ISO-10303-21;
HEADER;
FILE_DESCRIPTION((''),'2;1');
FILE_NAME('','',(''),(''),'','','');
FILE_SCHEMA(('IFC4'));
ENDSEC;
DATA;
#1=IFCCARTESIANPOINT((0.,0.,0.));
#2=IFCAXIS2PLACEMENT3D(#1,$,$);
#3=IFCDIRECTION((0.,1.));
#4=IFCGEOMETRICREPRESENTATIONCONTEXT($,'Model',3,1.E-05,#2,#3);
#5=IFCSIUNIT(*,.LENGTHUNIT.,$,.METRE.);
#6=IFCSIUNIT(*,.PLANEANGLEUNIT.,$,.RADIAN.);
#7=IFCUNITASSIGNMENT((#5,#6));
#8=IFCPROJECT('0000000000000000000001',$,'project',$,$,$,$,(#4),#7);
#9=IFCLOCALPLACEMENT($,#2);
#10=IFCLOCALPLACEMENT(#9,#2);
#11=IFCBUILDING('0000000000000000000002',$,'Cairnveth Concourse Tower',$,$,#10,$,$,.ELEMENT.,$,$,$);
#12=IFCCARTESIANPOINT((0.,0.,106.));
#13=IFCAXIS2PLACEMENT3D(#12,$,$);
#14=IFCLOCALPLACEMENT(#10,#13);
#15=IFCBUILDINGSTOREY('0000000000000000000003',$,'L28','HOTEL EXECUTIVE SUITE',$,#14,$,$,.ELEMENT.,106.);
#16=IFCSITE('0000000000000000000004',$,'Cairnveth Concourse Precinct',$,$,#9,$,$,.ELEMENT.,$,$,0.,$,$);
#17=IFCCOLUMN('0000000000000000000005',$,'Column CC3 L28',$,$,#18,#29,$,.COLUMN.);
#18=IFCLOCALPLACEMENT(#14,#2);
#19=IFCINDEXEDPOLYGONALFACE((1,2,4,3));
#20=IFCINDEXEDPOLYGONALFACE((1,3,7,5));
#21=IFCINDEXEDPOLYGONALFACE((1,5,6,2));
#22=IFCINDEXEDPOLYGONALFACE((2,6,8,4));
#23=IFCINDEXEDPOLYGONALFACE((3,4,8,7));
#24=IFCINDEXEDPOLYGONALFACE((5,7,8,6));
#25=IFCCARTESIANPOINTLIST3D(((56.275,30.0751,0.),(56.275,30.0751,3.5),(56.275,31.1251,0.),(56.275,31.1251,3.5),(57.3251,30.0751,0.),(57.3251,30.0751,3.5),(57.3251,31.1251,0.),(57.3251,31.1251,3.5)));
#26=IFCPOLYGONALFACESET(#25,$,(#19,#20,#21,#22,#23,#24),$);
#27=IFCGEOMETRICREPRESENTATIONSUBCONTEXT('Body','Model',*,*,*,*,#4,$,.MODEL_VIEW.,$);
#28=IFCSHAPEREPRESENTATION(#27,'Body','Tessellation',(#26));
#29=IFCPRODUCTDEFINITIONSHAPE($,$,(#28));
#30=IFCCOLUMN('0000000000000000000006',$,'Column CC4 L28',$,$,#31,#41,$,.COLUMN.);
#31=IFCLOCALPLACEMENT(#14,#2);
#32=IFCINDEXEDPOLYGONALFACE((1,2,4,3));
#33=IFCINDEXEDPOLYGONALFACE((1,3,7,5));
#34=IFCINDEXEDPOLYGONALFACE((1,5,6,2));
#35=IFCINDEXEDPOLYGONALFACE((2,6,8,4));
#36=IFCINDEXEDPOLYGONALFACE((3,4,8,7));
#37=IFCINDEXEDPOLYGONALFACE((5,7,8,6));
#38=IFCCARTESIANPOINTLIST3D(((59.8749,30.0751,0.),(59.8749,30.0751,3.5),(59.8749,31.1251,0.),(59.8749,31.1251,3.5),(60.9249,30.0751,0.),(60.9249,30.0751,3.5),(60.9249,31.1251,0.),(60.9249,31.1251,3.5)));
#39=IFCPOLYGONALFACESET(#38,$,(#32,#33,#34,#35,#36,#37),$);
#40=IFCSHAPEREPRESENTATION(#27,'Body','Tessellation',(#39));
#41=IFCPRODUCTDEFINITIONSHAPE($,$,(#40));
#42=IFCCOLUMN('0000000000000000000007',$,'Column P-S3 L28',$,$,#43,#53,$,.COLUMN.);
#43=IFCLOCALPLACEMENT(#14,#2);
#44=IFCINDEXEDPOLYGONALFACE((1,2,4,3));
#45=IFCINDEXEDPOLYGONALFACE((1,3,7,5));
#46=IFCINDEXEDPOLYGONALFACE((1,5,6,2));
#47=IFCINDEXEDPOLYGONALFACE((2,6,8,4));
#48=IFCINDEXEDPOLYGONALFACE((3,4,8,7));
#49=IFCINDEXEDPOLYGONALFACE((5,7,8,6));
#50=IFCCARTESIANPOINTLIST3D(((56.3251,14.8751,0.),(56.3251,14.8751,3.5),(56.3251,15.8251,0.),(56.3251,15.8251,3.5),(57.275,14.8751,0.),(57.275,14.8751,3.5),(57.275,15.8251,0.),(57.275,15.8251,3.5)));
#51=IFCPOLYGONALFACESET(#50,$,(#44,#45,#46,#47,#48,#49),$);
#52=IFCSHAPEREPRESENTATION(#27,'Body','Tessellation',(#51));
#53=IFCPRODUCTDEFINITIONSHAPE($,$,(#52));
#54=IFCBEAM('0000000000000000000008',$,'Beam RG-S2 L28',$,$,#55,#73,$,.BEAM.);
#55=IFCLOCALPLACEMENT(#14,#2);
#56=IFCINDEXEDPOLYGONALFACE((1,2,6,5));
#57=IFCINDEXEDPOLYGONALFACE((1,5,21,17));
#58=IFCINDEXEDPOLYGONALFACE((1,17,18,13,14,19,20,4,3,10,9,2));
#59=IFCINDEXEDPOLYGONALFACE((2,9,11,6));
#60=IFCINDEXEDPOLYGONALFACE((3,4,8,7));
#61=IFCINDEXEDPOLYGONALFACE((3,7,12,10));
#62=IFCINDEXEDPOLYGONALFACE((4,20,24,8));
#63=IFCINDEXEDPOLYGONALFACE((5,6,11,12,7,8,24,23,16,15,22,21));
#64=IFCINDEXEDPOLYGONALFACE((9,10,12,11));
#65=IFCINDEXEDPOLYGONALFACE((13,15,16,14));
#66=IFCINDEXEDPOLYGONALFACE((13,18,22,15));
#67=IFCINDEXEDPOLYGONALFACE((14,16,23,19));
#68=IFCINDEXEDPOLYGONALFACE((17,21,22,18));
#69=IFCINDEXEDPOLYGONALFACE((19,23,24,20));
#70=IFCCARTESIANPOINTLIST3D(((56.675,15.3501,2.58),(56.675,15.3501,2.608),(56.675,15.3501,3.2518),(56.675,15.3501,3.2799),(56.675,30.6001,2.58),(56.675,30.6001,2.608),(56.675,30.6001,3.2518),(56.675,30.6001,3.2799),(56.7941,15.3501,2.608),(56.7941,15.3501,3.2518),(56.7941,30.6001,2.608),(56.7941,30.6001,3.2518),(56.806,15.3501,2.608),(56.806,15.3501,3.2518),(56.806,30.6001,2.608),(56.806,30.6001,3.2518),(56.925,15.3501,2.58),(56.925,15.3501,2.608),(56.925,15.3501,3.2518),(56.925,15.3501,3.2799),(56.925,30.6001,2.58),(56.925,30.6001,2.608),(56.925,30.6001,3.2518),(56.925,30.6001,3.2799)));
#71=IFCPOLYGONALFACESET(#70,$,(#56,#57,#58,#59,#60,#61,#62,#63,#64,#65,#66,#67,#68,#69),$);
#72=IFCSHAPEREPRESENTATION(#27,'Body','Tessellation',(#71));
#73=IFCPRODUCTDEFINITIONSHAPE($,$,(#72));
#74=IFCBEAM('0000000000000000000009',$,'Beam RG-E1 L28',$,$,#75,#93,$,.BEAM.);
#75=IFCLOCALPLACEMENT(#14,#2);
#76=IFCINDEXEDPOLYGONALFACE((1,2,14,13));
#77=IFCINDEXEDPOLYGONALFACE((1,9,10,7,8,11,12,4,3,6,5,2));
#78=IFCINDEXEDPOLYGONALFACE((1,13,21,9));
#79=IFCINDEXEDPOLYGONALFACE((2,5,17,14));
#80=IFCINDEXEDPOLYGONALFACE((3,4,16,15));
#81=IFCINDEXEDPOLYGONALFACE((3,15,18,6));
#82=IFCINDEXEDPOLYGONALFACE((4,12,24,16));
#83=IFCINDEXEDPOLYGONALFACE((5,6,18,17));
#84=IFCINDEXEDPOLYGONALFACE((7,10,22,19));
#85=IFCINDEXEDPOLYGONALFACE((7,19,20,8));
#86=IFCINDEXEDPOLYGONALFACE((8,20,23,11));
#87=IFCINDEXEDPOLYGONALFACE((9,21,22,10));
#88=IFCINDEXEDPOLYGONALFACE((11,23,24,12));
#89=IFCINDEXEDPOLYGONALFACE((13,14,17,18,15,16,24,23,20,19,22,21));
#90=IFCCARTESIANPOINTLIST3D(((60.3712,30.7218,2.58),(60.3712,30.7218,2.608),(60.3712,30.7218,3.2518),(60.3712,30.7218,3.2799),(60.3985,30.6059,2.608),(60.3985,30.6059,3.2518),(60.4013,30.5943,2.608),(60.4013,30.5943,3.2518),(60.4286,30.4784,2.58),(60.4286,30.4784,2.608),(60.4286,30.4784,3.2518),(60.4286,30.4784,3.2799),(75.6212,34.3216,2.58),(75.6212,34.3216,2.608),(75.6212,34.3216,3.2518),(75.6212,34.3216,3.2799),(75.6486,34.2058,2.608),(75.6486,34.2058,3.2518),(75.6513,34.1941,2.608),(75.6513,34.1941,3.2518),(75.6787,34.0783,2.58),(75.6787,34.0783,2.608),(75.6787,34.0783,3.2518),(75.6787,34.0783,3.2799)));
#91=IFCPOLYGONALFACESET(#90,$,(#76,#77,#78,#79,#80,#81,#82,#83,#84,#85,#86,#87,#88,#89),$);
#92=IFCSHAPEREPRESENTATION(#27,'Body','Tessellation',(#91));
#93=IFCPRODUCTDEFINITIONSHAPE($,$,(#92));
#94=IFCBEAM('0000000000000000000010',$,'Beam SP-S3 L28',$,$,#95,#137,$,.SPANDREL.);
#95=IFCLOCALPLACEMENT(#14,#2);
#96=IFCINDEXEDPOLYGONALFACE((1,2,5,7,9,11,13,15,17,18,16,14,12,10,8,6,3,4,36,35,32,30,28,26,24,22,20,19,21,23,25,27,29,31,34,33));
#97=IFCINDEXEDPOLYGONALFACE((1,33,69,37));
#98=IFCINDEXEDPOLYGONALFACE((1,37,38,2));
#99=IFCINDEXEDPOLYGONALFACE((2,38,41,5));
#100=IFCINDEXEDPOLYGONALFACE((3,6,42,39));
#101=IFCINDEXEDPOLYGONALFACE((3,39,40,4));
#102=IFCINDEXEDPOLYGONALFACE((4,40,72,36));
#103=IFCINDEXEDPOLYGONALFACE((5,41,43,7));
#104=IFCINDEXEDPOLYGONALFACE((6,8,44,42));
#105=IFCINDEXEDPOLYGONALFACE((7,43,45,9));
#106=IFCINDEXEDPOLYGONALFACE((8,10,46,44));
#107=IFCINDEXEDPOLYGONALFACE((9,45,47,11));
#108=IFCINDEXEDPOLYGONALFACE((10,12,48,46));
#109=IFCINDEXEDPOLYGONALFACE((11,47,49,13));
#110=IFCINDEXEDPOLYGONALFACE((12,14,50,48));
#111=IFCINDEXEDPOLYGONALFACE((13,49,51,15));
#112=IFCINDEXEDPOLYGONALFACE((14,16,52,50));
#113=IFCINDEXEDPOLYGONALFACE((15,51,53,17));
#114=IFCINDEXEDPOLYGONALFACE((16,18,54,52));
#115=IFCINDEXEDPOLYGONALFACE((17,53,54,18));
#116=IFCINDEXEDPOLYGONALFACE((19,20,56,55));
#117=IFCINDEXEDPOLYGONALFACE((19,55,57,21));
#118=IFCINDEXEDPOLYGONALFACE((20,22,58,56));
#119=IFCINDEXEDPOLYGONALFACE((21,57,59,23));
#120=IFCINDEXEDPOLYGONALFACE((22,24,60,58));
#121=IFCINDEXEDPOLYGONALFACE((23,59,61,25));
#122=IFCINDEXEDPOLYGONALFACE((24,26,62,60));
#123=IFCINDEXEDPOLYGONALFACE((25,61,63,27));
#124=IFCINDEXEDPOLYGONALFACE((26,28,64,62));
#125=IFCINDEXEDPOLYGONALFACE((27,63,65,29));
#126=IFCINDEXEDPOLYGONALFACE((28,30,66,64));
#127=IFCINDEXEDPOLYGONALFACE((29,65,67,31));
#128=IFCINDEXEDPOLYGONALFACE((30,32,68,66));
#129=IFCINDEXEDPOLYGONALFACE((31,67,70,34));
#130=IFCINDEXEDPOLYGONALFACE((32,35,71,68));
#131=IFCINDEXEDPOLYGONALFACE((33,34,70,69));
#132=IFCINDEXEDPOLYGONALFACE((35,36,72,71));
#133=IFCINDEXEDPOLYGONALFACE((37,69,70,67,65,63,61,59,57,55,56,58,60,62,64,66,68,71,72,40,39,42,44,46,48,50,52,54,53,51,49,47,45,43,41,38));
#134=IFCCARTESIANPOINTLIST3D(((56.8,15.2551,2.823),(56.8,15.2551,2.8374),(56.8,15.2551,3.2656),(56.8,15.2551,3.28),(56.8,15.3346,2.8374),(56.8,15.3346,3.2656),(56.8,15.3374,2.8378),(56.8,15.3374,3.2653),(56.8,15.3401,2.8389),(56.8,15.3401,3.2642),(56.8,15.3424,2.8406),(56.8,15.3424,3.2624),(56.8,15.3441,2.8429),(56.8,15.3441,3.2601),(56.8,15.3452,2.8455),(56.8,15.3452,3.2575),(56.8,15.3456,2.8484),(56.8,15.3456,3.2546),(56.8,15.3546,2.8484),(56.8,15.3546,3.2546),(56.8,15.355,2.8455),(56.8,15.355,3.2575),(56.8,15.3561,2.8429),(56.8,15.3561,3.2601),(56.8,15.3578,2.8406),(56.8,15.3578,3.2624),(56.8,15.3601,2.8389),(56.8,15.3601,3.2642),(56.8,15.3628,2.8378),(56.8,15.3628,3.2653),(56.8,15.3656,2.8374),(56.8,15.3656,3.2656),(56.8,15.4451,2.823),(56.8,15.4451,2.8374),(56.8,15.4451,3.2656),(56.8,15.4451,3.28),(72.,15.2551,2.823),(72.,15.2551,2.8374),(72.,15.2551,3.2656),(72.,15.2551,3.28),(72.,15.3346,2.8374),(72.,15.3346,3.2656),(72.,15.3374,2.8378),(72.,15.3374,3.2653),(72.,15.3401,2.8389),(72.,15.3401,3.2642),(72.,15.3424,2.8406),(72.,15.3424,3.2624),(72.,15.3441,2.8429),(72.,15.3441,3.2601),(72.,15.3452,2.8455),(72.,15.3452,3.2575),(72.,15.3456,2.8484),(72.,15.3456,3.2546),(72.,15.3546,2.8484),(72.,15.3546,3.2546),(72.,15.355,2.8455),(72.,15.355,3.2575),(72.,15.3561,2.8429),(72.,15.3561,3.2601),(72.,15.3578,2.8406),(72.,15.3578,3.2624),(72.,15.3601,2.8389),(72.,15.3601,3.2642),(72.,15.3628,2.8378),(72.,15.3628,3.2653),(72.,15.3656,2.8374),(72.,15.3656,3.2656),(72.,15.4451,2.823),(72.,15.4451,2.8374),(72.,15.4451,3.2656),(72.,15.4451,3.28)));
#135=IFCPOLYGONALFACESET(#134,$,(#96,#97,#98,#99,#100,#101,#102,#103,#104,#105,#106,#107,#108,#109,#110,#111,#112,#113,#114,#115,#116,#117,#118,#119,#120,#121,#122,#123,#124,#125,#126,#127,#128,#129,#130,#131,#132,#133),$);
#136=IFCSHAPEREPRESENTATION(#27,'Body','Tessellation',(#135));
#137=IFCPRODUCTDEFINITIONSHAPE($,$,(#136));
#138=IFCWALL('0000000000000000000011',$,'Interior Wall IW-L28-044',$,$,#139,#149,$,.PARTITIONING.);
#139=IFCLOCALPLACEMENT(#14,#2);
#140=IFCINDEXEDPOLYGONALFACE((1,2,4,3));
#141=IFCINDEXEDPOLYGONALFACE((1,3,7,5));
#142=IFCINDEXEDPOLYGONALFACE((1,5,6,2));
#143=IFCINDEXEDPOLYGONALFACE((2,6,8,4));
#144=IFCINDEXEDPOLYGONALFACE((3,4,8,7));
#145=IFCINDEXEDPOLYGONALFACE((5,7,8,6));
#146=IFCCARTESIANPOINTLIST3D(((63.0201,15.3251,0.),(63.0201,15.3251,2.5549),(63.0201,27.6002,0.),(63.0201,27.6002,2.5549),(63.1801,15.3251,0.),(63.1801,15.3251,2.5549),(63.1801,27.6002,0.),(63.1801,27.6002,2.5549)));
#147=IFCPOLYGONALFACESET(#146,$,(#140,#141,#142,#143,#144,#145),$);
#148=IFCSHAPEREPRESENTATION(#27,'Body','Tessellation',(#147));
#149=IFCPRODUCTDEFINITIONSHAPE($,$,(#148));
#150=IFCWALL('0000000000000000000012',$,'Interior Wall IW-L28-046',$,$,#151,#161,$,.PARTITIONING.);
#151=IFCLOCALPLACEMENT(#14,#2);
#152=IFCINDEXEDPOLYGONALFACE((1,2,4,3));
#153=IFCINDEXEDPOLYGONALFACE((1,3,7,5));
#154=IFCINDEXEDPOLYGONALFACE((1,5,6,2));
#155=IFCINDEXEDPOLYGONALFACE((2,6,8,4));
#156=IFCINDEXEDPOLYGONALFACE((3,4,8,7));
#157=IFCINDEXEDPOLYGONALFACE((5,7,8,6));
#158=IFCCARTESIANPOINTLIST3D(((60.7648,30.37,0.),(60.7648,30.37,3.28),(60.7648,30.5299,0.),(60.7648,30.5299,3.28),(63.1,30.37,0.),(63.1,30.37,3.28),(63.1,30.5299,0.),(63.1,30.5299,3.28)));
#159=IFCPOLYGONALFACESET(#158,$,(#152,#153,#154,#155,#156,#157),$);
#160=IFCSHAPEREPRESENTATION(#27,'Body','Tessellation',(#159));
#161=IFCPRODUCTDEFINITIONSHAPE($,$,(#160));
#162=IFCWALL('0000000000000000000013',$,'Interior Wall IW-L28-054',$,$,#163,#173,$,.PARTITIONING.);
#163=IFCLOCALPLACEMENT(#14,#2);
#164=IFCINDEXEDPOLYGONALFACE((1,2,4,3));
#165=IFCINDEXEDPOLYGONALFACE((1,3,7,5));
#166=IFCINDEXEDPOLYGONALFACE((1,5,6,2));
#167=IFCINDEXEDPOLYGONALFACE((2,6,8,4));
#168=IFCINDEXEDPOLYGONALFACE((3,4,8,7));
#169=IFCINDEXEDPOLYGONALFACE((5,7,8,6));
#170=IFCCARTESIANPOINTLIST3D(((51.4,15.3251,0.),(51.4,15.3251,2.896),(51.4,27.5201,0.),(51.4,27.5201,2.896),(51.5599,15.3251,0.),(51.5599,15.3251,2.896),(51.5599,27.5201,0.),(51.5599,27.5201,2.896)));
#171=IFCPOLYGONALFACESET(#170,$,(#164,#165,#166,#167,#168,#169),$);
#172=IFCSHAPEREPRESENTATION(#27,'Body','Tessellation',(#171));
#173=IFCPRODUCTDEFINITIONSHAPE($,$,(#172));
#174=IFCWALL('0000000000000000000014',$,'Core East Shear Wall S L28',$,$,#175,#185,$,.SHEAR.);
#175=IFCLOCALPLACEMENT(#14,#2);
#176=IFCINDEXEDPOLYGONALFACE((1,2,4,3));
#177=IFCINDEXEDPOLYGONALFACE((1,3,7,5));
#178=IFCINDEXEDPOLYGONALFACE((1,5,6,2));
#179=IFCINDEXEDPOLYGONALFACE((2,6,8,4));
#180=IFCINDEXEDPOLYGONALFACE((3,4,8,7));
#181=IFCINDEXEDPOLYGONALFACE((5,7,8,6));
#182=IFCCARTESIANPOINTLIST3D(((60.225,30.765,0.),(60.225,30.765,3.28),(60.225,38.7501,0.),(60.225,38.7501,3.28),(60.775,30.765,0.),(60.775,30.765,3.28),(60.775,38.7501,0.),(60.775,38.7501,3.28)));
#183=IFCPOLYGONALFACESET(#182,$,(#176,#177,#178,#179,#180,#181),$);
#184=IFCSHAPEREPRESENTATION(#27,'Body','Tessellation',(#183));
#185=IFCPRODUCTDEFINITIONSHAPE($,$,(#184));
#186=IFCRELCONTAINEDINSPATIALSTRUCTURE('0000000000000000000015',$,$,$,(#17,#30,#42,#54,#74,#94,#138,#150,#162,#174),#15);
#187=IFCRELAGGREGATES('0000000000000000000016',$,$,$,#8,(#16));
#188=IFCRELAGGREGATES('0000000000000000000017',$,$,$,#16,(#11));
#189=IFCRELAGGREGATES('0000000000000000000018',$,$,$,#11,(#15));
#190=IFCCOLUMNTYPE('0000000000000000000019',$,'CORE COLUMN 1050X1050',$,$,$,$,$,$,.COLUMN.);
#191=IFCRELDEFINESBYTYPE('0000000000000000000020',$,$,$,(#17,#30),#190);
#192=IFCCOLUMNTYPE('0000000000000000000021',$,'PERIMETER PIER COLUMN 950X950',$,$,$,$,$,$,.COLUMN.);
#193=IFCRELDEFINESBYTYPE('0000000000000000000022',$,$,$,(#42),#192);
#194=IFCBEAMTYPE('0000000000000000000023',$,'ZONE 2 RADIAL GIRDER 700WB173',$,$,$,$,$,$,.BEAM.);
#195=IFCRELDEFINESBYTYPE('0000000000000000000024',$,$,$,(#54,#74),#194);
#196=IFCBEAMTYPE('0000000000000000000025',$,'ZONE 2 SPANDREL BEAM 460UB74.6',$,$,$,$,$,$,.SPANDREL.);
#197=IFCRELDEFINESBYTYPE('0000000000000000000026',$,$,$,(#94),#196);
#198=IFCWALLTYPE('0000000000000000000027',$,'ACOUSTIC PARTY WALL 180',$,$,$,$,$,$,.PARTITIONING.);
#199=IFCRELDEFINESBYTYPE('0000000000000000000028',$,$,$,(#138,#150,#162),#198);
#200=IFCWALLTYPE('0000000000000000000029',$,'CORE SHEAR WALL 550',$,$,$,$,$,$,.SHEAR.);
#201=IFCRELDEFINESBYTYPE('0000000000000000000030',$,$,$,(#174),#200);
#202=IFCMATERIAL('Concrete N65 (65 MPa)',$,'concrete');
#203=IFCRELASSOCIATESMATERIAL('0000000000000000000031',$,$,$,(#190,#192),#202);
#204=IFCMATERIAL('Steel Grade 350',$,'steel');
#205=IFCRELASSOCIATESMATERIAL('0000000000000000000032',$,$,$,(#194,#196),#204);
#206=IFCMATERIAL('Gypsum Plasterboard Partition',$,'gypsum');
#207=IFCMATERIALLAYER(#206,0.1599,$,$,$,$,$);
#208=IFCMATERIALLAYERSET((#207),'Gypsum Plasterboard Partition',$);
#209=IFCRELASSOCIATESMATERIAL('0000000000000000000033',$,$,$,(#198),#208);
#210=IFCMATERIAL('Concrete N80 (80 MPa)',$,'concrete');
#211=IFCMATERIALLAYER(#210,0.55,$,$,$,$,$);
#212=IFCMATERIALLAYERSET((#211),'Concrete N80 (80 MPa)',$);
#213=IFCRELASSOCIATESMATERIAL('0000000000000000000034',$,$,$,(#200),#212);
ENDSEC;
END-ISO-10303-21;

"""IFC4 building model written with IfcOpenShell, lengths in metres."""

from ifc_helpers import new_model, si_unit, direction, frame, frame_2d, origin, origin_2d, place, context, subcontext, project, spatial, rectangle, i_section, extrude, material, layer, layer_set, material_profile, profile_set, type_object, element, save


model = new_model("IFC4")

# Units and contexts
model_context = context("Model", 3, precision=1e-05, world=origin(), true_north=direction((0.0, 1.0)))
body_context = subcontext(model_context, "Body", "Model", "MODEL_VIEW")
ifc_project = project(units=[si_unit("LENGTHUNIT", "METRE"), si_unit("PLANEANGLEUNIT", "RADIAN")], contexts=[model_context])

# Site, building, storey
site_placement = place(None, origin())
site = spatial("IfcSite", under=ifc_project, at=site_placement, Name="Cairnveth Concourse Precinct", CompositionType="ELEMENT", RefElevation=0.0)
building_placement = place(site_placement, origin())
building = spatial("IfcBuilding", under=site, at=building_placement, Name="Cairnveth Concourse Tower", CompositionType="ELEMENT")
storey_placement = place(building_placement, frame((0.0, 0.0, 106.0)))
storey = spatial("IfcBuildingStorey", under=building, at=storey_placement, Name="L28", Description="HOTEL EXECUTIVE SUITE", CompositionType="ELEMENT", Elevation=106.0)

# Columns
ifc_material_1 = material(Name="Concrete N65 (65 MPa)", Category="concrete")
ifc_material_profile_1 = material_profile(ifc_material_1, rectangle(XDim=1.05, YDim=1.05, at=origin_2d()), Name="RC-COL-1050x1050")
ifc_profile_set_1 = profile_set([ifc_material_profile_1], Name="Concrete N65 (65 MPa)")
column_type_1 = type_object("IfcColumnType", Name="CORE COLUMN 1050X1050", PredefinedType="COLUMN", material=ifc_profile_set_1)
for number, where, z_axis, x_axis, name in (
    (1, (56.8, 30.6001, 0.0), (0.0, 0.0, 1.0), (1.0, 0.0, 0.0), "Column CC3 L28"),
    (2, (60.3999, 30.6001, 0.0), (0.0, 0.0, 1.0), (1.0, 0.0, 0.0), "Column CC4 L28"),
):
    element("IfcColumn", number, at=place(storey_placement, frame(where, z_axis=z_axis, x_axis=x_axis)), inside=storey, type_object=column_type_1, Name=name, PredefinedType="COLUMN", context=body_context, shape_type="SweptSolid", body=[
        extrude(rectangle(XDim=1.05, YDim=1.05, at=origin_2d()), origin(), (0.0, 0.0, 1.0), 3.5),
    ])
ifc_material_profile_2 = material_profile(ifc_material_1, rectangle(XDim=0.95, YDim=0.95, at=origin_2d()), Name="RC-COL-950x950")
ifc_profile_set_2 = profile_set([ifc_material_profile_2], Name="Concrete N65 (65 MPa)")
column_type_2 = type_object("IfcColumnType", Name="PERIMETER PIER COLUMN 950X950", PredefinedType="COLUMN", material=ifc_profile_set_2)
column_placement = place(storey_placement, frame((56.8, 15.3501, 0.0), z_axis=(0.0, 0.0, 1.0), x_axis=(1.0, 0.0, 0.0)))
element("IfcColumn", 3, at=column_placement, inside=storey, type_object=column_type_2, Name="Column P-S3 L28", PredefinedType="COLUMN", context=body_context, shape_type="SweptSolid", body=[
    extrude(rectangle(XDim=0.95, YDim=0.95, at=origin_2d()), origin(), (0.0, 0.0, 1.0), 3.5),
])

# Beams
ifc_material_2 = material(Name="Steel Grade 350", Category="steel")
ifc_material_profile_3 = material_profile(ifc_material_2, i_section(OverallWidth=0.25, OverallDepth=0.7, WebThickness=0.012, FlangeThickness=0.0281, at=origin_2d()), Name="700WB173")
ifc_profile_set_3 = profile_set([ifc_material_profile_3], Name="Steel Grade 350")
beam_type_1 = type_object("IfcBeamType", Name="ZONE 2 RADIAL GIRDER 700WB173", PredefinedType="BEAM", material=ifc_profile_set_3)
beam_1_placement = place(storey_placement, frame((56.8, 15.3501, 2.9299), z_axis=(0.0, 1.0, 0.0), x_axis=(-1.0, 0.0, 0.0)))
element("IfcBeam", 4, at=beam_1_placement, inside=storey, type_object=beam_type_1, Name="Beam RG-S2 L28", PredefinedType="BEAM", context=body_context, shape_type="SweptSolid", body=[
    extrude(i_section(OverallWidth=0.25, OverallDepth=0.7, WebThickness=0.012, FlangeThickness=0.0281, at=origin_2d()), origin(), (0.0, 0.0, 1.0), 15.25),
])
beam_2_placement = place(storey_placement, frame((60.3999, 30.6001, 2.9299), z_axis=(0.973252, 0.229742, 0.0), x_axis=(-0.229742, 0.973252, 0.0)))
element("IfcBeam", 5, at=beam_2_placement, inside=storey, type_object=beam_type_1, Name="Beam RG-E1 L28", PredefinedType="BEAM", context=body_context, shape_type="SweptSolid", body=[
    extrude(i_section(OverallWidth=0.25, OverallDepth=0.7, WebThickness=0.012, FlangeThickness=0.0281, at=origin_2d()), origin(), (0.0, 0.0, 1.0), 15.6692),
])
ifc_material_profile_4 = material_profile(ifc_material_2, i_section(OverallWidth=0.1899, OverallDepth=0.457, WebThickness=0.009, FlangeThickness=0.0144, FilletRadius=0.011, at=origin_2d()), Name="460UB74.6")
ifc_profile_set_4 = profile_set([ifc_material_profile_4], Name="Steel Grade 350")
beam_type_2 = type_object("IfcBeamType", Name="ZONE 2 SPANDREL BEAM 460UB74.6", PredefinedType="SPANDREL", material=ifc_profile_set_4)
beam_3_placement = place(storey_placement, frame((56.8, 15.3501, 3.0515), z_axis=(1.0, 0.0, 0.0), x_axis=(0.0, 1.0, 0.0)))
element("IfcBeam", 6, at=beam_3_placement, inside=storey, type_object=beam_type_2, Name="Beam SP-S3 L28", PredefinedType="SPANDREL", context=body_context, shape_type="SweptSolid", body=[
    extrude(i_section(OverallWidth=0.1899, OverallDepth=0.457, WebThickness=0.009, FlangeThickness=0.0144, FilletRadius=0.011, at=origin_2d()), origin(), (0.0, 0.0, 1.0), 15.2),
])

# Walls
ifc_material_3 = material(Name="Gypsum Plasterboard Partition", Category="gypsum")
ifc_layer_1 = layer(ifc_material_3, 0.1599)
ifc_layer_set_1 = layer_set([ifc_layer_1], Name="Gypsum Plasterboard Partition")
wall_type_1 = type_object("IfcWallType", Name="ACOUSTIC PARTY WALL 180", PredefinedType="PARTITIONING", material=ifc_layer_set_1)
wall_1_placement = place(storey_placement, frame((63.1001, 15.325, 0.0), z_axis=(0.0, 0.0, 1.0), x_axis=(0.0, 1.0, 0.0)))
element("IfcWall", 7, at=wall_1_placement, inside=storey, type_object=wall_type_1, Name="Interior Wall IW-L28-044", PredefinedType="PARTITIONING", context=body_context, shape_type="SweptSolid", body=[
    extrude(rectangle(XDim=12.2751, YDim=0.1599, at=frame_2d((6.1377, 0.0))), origin(), (0.0, 0.0, 1.0), 2.5549),
])
wall_2_placement = place(storey_placement, frame((60.7649, 30.45, 0.0), z_axis=(0.0, 0.0, 1.0), x_axis=(1.0, 0.0, 0.0)))
element("IfcWall", 8, at=wall_2_placement, inside=storey, type_object=wall_type_1, Name="Interior Wall IW-L28-046", PredefinedType="PARTITIONING", context=body_context, shape_type="SweptSolid", body=[
    extrude(rectangle(XDim=2.3352, YDim=0.1599, at=frame_2d((1.1675, 0.0))), origin(), (0.0, 0.0, 1.0), 3.28),
])
wall_3_placement = place(storey_placement, frame((51.48, 15.325, 0.0), z_axis=(0.0, 0.0, 1.0), x_axis=(0.0, 1.0, 0.0)))
element("IfcWall", 9, at=wall_3_placement, inside=storey, type_object=wall_type_1, Name="Interior Wall IW-L28-054", PredefinedType="PARTITIONING", context=body_context, shape_type="SweptSolid", body=[
    extrude(rectangle(XDim=12.1951, YDim=0.1599, at=frame_2d((6.0977, 0.0))), origin(), (0.0, 0.0, 1.0), 2.896),
])
ifc_material_4 = material(Name="Concrete N80 (80 MPa)", Category="concrete")
ifc_layer_2 = layer(ifc_material_4, 0.55)
ifc_layer_set_2 = layer_set([ifc_layer_2], Name="Concrete N80 (80 MPa)")
wall_type_2 = type_object("IfcWallType", Name="CORE SHEAR WALL 550", PredefinedType="SHEAR", material=ifc_layer_set_2)
wall_4_placement = place(storey_placement, frame((60.5, 30.7649, 0.0), z_axis=(0.0, 0.0, 1.0), x_axis=(0.0, 1.0, 0.0)))
element("IfcWall", 10, at=wall_4_placement, inside=storey, type_object=wall_type_2, Name="Core East Shear Wall S L28", PredefinedType="SHEAR", context=body_context, shape_type="SweptSolid", body=[
    extrude(rectangle(XDim=7.9851, YDim=0.55, at=frame_2d((3.9927, 0.0))), origin(), (0.0, 0.0, 1.0), 3.28),
])

save(model, "model.ifc")
